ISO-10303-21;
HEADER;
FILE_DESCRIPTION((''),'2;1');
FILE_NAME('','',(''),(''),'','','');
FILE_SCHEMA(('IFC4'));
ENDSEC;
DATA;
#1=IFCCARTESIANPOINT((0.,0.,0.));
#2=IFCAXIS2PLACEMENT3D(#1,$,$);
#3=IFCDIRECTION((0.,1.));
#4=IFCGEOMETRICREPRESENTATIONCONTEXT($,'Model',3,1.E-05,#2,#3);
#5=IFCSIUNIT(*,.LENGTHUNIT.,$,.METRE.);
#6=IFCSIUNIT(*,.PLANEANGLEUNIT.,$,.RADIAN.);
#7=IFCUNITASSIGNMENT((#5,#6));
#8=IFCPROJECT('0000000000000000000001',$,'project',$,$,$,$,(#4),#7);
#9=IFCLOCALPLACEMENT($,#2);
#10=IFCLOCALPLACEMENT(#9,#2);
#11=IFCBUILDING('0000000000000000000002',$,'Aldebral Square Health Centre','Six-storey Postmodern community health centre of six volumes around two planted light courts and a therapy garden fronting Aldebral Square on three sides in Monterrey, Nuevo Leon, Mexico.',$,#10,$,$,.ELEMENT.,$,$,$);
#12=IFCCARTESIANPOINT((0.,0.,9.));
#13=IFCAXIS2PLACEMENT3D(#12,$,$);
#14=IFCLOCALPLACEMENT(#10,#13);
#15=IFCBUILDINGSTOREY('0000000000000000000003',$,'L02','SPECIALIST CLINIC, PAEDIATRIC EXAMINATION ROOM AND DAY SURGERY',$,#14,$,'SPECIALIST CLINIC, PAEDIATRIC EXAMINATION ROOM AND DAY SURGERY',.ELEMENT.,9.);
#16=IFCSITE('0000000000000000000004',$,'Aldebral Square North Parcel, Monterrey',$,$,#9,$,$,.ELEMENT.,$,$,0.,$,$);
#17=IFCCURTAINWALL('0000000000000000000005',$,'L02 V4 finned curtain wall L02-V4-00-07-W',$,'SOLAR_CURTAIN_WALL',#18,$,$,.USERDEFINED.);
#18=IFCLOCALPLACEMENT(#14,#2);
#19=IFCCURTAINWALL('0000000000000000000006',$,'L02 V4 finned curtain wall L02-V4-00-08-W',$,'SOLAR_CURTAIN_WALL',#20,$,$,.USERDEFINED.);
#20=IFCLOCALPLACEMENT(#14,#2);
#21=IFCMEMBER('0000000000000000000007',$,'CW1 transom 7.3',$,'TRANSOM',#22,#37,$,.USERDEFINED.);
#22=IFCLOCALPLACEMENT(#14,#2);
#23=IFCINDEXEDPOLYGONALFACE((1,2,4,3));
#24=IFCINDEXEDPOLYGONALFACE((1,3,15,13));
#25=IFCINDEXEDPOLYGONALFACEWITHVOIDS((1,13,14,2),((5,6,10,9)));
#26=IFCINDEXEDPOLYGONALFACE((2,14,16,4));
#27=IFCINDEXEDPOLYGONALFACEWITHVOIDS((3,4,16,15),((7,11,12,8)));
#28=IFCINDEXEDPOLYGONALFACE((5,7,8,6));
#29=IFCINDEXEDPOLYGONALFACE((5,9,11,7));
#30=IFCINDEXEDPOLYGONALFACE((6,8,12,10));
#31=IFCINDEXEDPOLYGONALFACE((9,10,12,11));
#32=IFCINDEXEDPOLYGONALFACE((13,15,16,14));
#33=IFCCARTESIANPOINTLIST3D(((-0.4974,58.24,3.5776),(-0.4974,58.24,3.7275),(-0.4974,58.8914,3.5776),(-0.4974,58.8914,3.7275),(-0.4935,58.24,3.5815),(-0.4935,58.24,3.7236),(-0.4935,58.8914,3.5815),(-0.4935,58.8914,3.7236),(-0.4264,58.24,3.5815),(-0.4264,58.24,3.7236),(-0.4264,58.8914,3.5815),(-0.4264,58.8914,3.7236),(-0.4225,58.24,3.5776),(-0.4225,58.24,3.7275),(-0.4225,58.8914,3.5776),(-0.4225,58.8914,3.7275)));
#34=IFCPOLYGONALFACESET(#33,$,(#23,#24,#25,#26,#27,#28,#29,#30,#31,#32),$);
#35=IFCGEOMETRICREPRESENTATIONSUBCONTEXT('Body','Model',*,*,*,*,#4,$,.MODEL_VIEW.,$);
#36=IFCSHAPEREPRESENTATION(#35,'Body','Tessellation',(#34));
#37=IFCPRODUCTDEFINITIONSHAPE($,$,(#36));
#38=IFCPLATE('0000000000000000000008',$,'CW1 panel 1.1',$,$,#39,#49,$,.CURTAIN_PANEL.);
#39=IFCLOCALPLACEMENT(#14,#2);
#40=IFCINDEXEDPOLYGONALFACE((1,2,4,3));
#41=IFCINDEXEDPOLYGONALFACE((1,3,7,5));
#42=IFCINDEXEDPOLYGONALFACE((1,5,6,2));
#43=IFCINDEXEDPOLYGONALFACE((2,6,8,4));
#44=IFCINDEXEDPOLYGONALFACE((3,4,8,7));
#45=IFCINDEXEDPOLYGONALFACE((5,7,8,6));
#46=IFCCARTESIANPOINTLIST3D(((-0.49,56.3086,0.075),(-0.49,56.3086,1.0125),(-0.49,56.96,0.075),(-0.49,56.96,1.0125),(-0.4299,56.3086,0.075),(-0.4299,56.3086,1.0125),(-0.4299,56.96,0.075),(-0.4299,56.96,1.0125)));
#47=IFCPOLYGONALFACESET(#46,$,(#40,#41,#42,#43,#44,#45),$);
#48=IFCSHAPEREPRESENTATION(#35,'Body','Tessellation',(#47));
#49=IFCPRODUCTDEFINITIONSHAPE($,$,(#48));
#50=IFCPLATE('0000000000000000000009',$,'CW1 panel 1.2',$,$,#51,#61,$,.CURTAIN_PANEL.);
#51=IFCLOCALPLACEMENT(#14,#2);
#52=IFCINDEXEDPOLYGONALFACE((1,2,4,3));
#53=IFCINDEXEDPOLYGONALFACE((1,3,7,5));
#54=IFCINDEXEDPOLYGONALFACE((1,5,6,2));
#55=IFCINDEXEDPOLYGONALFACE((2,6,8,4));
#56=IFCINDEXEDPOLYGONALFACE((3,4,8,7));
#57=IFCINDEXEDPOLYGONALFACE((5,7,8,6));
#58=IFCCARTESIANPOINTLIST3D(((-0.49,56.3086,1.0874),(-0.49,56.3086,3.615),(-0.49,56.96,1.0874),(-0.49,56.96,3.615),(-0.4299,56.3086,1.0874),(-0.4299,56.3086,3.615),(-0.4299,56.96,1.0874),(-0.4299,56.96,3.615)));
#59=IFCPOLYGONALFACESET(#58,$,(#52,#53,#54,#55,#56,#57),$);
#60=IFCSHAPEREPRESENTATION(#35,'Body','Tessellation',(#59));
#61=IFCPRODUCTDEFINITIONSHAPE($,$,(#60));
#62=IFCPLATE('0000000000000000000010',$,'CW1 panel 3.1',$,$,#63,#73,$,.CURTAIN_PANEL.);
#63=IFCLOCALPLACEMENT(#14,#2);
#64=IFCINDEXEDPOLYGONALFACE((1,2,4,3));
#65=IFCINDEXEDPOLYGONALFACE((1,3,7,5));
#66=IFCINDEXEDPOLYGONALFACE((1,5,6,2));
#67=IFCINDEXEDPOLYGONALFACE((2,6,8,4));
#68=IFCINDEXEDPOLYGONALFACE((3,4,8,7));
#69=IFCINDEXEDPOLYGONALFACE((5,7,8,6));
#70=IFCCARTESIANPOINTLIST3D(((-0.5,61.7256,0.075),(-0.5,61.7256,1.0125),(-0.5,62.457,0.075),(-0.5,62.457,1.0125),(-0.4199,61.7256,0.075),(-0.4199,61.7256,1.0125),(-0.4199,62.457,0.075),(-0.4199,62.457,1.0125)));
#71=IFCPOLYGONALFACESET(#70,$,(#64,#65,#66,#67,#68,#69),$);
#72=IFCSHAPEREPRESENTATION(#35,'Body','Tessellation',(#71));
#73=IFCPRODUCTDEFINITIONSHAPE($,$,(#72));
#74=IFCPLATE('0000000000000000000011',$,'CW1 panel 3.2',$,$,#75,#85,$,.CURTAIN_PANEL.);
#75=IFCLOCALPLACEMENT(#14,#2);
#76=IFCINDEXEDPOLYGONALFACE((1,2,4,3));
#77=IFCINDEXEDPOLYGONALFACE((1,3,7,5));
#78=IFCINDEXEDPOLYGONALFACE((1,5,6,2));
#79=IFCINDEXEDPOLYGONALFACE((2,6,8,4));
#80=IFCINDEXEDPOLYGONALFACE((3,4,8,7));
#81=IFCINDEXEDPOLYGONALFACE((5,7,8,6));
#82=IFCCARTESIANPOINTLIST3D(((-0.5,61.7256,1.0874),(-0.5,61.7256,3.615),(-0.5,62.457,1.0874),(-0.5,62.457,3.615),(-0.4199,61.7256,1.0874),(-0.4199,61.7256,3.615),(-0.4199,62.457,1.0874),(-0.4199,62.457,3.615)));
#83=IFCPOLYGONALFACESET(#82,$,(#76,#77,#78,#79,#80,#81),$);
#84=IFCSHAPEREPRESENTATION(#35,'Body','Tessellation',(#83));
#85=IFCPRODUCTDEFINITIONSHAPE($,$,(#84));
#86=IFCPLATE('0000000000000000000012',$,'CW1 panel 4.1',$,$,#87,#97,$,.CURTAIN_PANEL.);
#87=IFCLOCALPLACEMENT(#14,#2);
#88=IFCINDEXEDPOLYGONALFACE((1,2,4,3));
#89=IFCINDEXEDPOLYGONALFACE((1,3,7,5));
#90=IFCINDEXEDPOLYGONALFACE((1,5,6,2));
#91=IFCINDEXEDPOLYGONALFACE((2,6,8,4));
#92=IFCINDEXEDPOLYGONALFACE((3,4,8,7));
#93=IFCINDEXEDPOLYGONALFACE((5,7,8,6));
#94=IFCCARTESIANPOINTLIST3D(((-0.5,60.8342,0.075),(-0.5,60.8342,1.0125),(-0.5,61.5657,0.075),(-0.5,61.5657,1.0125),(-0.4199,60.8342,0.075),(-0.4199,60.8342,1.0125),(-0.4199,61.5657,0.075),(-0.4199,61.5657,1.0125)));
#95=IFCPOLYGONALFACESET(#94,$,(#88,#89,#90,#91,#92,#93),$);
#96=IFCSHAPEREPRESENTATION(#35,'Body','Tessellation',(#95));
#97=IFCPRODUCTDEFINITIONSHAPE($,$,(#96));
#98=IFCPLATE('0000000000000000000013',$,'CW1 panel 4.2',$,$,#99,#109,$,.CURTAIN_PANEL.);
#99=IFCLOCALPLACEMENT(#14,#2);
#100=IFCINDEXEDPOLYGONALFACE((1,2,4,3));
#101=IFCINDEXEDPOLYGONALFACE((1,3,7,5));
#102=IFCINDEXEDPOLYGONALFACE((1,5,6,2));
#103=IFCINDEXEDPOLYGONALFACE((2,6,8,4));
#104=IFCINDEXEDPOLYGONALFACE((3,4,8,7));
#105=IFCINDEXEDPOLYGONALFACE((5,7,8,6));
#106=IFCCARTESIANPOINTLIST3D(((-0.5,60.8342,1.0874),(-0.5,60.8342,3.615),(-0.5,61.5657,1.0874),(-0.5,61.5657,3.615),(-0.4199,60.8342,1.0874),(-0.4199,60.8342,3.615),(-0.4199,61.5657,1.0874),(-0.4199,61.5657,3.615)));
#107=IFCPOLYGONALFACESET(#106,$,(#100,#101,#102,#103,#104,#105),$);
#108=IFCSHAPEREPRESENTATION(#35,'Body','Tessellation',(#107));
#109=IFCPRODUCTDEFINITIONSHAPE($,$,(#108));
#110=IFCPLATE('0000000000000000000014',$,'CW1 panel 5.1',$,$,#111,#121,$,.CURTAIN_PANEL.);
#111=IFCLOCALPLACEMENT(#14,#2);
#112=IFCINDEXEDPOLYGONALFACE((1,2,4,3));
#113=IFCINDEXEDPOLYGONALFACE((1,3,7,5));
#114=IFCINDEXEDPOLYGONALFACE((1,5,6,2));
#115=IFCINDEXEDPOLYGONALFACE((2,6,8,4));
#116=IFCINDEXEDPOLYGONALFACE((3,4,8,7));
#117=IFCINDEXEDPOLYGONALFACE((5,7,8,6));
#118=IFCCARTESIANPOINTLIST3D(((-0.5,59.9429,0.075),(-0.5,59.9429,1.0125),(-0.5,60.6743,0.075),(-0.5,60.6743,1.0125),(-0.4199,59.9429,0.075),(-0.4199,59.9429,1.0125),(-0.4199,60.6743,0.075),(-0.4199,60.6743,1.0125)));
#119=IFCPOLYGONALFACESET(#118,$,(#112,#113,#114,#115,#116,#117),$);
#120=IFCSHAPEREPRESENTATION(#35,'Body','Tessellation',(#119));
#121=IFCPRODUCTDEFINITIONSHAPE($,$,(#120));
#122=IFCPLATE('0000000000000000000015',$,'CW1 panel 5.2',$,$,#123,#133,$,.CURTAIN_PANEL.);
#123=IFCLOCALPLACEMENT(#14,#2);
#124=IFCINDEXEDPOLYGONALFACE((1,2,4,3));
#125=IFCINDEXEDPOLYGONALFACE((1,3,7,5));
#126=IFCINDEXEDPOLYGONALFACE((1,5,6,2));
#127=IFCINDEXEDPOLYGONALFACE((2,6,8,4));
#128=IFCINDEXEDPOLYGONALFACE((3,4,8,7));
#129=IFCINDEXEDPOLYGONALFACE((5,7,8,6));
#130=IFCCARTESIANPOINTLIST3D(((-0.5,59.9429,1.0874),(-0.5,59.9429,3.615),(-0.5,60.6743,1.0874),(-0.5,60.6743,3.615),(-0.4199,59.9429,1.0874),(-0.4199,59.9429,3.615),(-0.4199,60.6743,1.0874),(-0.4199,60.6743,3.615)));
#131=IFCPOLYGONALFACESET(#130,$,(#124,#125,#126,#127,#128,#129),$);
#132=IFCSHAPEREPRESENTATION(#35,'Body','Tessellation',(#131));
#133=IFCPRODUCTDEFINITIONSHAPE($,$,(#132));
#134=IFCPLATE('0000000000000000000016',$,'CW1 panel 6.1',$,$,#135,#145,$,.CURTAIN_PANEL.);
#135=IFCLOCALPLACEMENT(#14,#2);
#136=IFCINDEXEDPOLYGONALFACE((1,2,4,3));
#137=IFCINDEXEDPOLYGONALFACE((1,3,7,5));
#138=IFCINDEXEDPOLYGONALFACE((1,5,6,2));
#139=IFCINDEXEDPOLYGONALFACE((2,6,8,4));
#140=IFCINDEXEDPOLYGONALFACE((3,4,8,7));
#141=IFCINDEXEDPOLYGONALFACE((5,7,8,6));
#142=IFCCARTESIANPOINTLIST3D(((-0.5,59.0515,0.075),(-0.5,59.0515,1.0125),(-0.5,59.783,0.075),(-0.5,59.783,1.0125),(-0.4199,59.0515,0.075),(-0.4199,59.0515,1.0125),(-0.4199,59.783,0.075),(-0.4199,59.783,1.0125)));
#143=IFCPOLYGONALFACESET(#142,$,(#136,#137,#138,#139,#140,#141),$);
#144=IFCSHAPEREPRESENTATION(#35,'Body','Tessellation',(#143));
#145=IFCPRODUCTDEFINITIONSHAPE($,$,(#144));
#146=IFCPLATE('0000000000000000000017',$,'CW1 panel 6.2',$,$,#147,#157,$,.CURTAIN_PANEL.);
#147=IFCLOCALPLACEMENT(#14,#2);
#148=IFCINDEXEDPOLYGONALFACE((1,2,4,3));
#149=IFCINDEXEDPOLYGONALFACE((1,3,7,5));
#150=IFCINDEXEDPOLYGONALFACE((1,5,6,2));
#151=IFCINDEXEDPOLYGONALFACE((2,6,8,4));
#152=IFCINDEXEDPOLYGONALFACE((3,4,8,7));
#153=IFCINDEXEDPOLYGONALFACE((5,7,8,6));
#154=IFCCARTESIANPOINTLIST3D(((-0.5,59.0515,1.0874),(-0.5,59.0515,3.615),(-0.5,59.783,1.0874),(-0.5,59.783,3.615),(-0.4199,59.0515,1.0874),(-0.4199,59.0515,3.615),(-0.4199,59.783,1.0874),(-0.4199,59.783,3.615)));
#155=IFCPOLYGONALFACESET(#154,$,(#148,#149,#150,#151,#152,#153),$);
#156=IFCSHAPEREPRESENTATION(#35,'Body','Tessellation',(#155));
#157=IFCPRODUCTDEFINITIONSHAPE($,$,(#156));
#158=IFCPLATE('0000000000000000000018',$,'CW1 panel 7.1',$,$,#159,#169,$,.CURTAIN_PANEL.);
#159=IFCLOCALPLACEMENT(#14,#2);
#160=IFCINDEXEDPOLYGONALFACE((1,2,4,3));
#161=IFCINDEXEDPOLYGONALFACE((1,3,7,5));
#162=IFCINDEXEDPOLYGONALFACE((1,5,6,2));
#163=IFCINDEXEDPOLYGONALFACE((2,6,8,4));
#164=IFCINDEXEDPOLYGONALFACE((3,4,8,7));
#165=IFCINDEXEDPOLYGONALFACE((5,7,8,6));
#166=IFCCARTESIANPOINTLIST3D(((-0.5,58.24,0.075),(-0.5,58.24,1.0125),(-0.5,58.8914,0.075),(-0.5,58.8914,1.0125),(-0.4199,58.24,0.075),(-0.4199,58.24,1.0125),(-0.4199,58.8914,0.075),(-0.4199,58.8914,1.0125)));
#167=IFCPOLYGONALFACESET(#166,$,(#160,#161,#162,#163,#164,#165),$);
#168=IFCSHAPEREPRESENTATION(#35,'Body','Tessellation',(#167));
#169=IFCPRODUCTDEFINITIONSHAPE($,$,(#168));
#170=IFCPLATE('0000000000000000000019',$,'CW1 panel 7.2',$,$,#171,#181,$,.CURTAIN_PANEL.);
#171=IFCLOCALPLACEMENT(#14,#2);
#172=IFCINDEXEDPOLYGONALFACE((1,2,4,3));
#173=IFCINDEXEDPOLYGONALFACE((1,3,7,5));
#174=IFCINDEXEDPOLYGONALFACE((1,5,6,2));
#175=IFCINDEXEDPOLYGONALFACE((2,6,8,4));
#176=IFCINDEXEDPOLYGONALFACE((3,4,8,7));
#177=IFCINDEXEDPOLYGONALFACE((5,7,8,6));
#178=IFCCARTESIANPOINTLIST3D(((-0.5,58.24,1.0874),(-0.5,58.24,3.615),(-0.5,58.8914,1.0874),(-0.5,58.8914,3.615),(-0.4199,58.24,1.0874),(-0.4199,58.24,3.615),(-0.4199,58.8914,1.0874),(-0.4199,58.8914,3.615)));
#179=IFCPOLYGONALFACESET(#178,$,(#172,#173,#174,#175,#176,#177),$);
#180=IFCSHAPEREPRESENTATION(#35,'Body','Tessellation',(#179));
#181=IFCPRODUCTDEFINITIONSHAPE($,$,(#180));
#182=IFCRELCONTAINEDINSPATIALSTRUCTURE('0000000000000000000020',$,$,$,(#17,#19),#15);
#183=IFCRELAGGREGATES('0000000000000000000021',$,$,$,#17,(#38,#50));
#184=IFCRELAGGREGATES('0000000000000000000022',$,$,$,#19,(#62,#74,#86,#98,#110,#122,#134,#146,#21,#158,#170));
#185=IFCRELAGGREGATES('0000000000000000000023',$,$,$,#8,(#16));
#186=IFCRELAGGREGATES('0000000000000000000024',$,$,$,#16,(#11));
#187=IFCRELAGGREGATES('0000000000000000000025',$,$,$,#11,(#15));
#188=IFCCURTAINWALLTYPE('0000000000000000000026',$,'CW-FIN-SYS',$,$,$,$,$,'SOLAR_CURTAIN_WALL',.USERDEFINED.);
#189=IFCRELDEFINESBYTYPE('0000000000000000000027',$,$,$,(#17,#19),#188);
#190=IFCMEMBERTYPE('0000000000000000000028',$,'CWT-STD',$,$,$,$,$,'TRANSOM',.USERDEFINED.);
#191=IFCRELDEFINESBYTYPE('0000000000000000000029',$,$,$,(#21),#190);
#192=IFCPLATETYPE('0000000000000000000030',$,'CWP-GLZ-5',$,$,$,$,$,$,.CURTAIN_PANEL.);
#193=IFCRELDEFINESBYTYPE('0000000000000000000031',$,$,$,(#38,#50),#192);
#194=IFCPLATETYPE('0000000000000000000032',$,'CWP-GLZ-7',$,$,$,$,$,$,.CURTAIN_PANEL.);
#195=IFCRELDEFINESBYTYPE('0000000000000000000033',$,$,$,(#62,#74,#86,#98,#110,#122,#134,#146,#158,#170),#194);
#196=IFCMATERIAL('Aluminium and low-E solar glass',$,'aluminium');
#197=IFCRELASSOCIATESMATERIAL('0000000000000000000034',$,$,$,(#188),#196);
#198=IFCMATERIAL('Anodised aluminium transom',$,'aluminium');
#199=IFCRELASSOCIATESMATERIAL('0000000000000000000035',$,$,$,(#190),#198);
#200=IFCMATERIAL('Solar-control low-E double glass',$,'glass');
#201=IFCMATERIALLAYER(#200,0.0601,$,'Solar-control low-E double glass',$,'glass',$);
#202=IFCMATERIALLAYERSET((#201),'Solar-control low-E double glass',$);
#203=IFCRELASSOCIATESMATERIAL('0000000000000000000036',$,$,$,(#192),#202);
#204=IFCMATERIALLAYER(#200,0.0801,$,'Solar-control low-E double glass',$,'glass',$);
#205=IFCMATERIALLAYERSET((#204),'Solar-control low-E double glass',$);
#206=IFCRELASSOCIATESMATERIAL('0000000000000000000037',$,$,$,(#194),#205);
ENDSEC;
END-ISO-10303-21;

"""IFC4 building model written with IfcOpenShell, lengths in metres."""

from ifc_helpers import new_model, si_unit, direction, frame, origin, origin_2d, place, context, subcontext, project, spatial, rectangle, hollow_rectangle, extrude, material, layer, layer_set, material_profile, profile_set, type_object, element, aggregate, save


model = new_model("IFC4")

# Units and contexts
model_context = context("Model", 3, precision=1e-05, world=origin(), true_north=direction((0.0, 1.0)))
body_context = subcontext(model_context, "Body", "Model", "MODEL_VIEW")
ifc_project = project(units=[si_unit("LENGTHUNIT", "METRE"), si_unit("PLANEANGLEUNIT", "RADIAN")], contexts=[model_context])

# Site, building, storey
site_placement = place(None, origin())
site = spatial("IfcSite", under=ifc_project, at=site_placement, Name="Aldebral Square North Parcel, Monterrey", CompositionType="ELEMENT", RefElevation=0.0)
building_placement = place(site_placement, origin())
building = spatial("IfcBuilding", under=site, at=building_placement, Name="Aldebral Square Health Centre", Description="Six-storey Postmodern community health centre of six volumes around two planted light courts and a therapy garden fronting Aldebral Square on three sides in Monterrey, Nuevo Leon, Mexico.", CompositionType="ELEMENT")
storey_placement = place(building_placement, frame((0.0, 0.0, 9.0)))
storey = spatial("IfcBuildingStorey", under=building, at=storey_placement, Name="L02", Description="SPECIALIST CLINIC, PAEDIATRIC EXAMINATION ROOM AND DAY SURGERY", LongName="SPECIALIST CLINIC, PAEDIATRIC EXAMINATION ROOM AND DAY SURGERY", CompositionType="ELEMENT", Elevation=9.0)

# Curtain walls
ifc_material_1 = material(Name="Aluminium and low-E solar glass", Category="aluminium")
curtain_wall_type = type_object("IfcCurtainWallType", Name="CW-FIN-SYS", ElementType="SOLAR_CURTAIN_WALL", PredefinedType="USERDEFINED", material=ifc_material_1)
curtain_wall_1_placement = place(storey_placement, origin())
curtain_wall_1 = element("IfcCurtainWall", 1, at=curtain_wall_1_placement, inside=storey, type_object=curtain_wall_type, Name="L02 V4 finned curtain wall L02-V4-00-07-W", ObjectType="SOLAR_CURTAIN_WALL", PredefinedType="USERDEFINED")
curtain_wall_2_placement = place(storey_placement, origin())
curtain_wall_2 = element("IfcCurtainWall", 2, at=curtain_wall_2_placement, inside=storey, type_object=curtain_wall_type, Name="L02 V4 finned curtain wall L02-V4-00-08-W", ObjectType="SOLAR_CURTAIN_WALL", PredefinedType="USERDEFINED")

# Member
ifc_material_2 = material(Name="Anodised aluminium transom", Category="aluminium")
ifc_material_profile_1 = material_profile(ifc_material_2, hollow_rectangle(XDim=0.075, YDim=0.1499, WallThickness=0.0039, at=origin_2d()), Name="CWT 75x150x4")
ifc_profile_set_1 = profile_set([ifc_material_profile_1], Name="Anodised aluminium transom")
member_type_1 = type_object("IfcMemberType", Name="CWT-STD", ElementType="TRANSOM", PredefinedType="USERDEFINED", material=ifc_profile_set_1)
member_1_placement = place(storey_placement, frame((-0.46, 58.8914, 3.6526), z_axis=(0.0, -1.0, 0.0), x_axis=(1.0, 0.0, 0.0)))
member_1 = element("IfcMember", 3, at=member_1_placement, type_object=member_type_1, Name="CW1 transom 7.3", ObjectType="TRANSOM", PredefinedType="USERDEFINED", context=body_context, shape_type="SweptSolid", body=[
    extrude(hollow_rectangle(XDim=0.075, YDim=0.1499, WallThickness=0.0039, at=origin_2d()), origin(), (0.0, 0.0, 1.0), 0.6514),
])

# Plates
ifc_material_3 = material(Name="Solar-control low-E double glass", Category="glass")
ifc_layer_1 = layer(ifc_material_3, 0.0601, Name="Solar-control low-E double glass", Category="glass")
ifc_layer_set_1 = layer_set([ifc_layer_1], Name="Solar-control low-E double glass")
plate_type_1 = type_object("IfcPlateType", Name="CWP-GLZ-5", PredefinedType="CURTAIN_PANEL", material=ifc_layer_set_1)
plate_1_placement = place(storey_placement, frame((-0.46, 56.6343, 0.075), z_axis=(0.0, 0.0, 1.0), x_axis=(0.0, -1.0, 0.0)))
plate_1 = element("IfcPlate", 4, at=plate_1_placement, type_object=plate_type_1, Name="CW1 panel 1.1", PredefinedType="CURTAIN_PANEL", context=body_context, shape_type="SweptSolid", body=[
    extrude(rectangle(XDim=0.6514, YDim=0.0601, at=origin_2d()), origin(), (0.0, 0.0, 1.0), 0.9375),
])
plate_2_placement = place(storey_placement, frame((-0.46, 56.6343, 1.0874), z_axis=(0.0, 0.0, 1.0), x_axis=(0.0, -1.0, 0.0)))
plate_2 = element("IfcPlate", 5, at=plate_2_placement, type_object=plate_type_1, Name="CW1 panel 1.2", PredefinedType="CURTAIN_PANEL", context=body_context, shape_type="SweptSolid", body=[
    extrude(rectangle(XDim=0.6514, YDim=0.0601, at=origin_2d()), origin(), (0.0, 0.0, 1.0), 2.5276),
])
aggregate(curtain_wall_1, [plate_1, plate_2])
ifc_layer_2 = layer(ifc_material_3, 0.0801, Name="Solar-control low-E double glass", Category="glass")
ifc_layer_set_2 = layer_set([ifc_layer_2], Name="Solar-control low-E double glass")
plate_type_2 = type_object("IfcPlateType", Name="CWP-GLZ-7", PredefinedType="CURTAIN_PANEL", material=ifc_layer_set_2)
plate_3_placement = place(storey_placement, frame((-0.46, 62.0913, 0.075), z_axis=(0.0, 0.0, 1.0), x_axis=(0.0, -1.0, 0.0)))
plate_3 = element("IfcPlate", 6, at=plate_3_placement, type_object=plate_type_2, Name="CW1 panel 3.1", PredefinedType="CURTAIN_PANEL", context=body_context, shape_type="SweptSolid", body=[
    extrude(rectangle(XDim=0.7314, YDim=0.0801, at=origin_2d()), origin(), (0.0, 0.0, 1.0), 0.9375),
])
plate_4_placement = place(storey_placement, frame((-0.46, 62.0913, 1.0874), z_axis=(0.0, 0.0, 1.0), x_axis=(0.0, -1.0, 0.0)))
plate_4 = element("IfcPlate", 7, at=plate_4_placement, type_object=plate_type_2, Name="CW1 panel 3.2", PredefinedType="CURTAIN_PANEL", context=body_context, shape_type="SweptSolid", body=[
    extrude(rectangle(XDim=0.7314, YDim=0.0801, at=origin_2d()), origin(), (0.0, 0.0, 1.0), 2.5276),
])
plate_5_placement = place(storey_placement, frame((-0.46, 61.2, 0.075), z_axis=(0.0, 0.0, 1.0), x_axis=(0.0, -1.0, 0.0)))
plate_5 = element("IfcPlate", 8, at=plate_5_placement, type_object=plate_type_2, Name="CW1 panel 4.1", PredefinedType="CURTAIN_PANEL", context=body_context, shape_type="SweptSolid", body=[
    extrude(rectangle(XDim=0.7314, YDim=0.0801, at=origin_2d()), origin(), (0.0, 0.0, 1.0), 0.9375),
])
plate_6_placement = place(storey_placement, frame((-0.46, 61.2, 1.0874), z_axis=(0.0, 0.0, 1.0), x_axis=(0.0, -1.0, 0.0)))
plate_6 = element("IfcPlate", 9, at=plate_6_placement, type_object=plate_type_2, Name="CW1 panel 4.2", PredefinedType="CURTAIN_PANEL", context=body_context, shape_type="SweptSolid", body=[
    extrude(rectangle(XDim=0.7314, YDim=0.0801, at=origin_2d()), origin(), (0.0, 0.0, 1.0), 2.5276),
])
plate_7_placement = place(storey_placement, frame((-0.46, 60.3086, 0.075), z_axis=(0.0, 0.0, 1.0), x_axis=(0.0, -1.0, 0.0)))
plate_7 = element("IfcPlate", 10, at=plate_7_placement, type_object=plate_type_2, Name="CW1 panel 5.1", PredefinedType="CURTAIN_PANEL", context=body_context, shape_type="SweptSolid", body=[
    extrude(rectangle(XDim=0.7314, YDim=0.0801, at=origin_2d()), origin(), (0.0, 0.0, 1.0), 0.9375),
])
plate_8_placement = place(storey_placement, frame((-0.46, 60.3086, 1.0874), z_axis=(0.0, 0.0, 1.0), x_axis=(0.0, -1.0, 0.0)))
plate_8 = element("IfcPlate", 11, at=plate_8_placement, type_object=plate_type_2, Name="CW1 panel 5.2", PredefinedType="CURTAIN_PANEL", context=body_context, shape_type="SweptSolid", body=[
    extrude(rectangle(XDim=0.7314, YDim=0.0801, at=origin_2d()), origin(), (0.0, 0.0, 1.0), 2.5276),
])
plate_9_placement = place(storey_placement, frame((-0.46, 59.4172, 0.075), z_axis=(0.0, 0.0, 1.0), x_axis=(0.0, -1.0, 0.0)))
plate_9 = element("IfcPlate", 12, at=plate_9_placement, type_object=plate_type_2, Name="CW1 panel 6.1", PredefinedType="CURTAIN_PANEL", context=body_context, shape_type="SweptSolid", body=[
    extrude(rectangle(XDim=0.7314, YDim=0.0801, at=origin_2d()), origin(), (0.0, 0.0, 1.0), 0.9375),
])
plate_10_placement = place(storey_placement, frame((-0.46, 59.4172, 1.0874), z_axis=(0.0, 0.0, 1.0), x_axis=(0.0, -1.0, 0.0)))
plate_10 = element("IfcPlate", 13, at=plate_10_placement, type_object=plate_type_2, Name="CW1 panel 6.2", PredefinedType="CURTAIN_PANEL", context=body_context, shape_type="SweptSolid", body=[
    extrude(rectangle(XDim=0.7314, YDim=0.0801, at=origin_2d()), origin(), (0.0, 0.0, 1.0), 2.5276),
])
plate_11_placement = place(storey_placement, frame((-0.46, 58.5657, 0.075), z_axis=(0.0, 0.0, 1.0), x_axis=(0.0, -1.0, 0.0)))
plate_11 = element("IfcPlate", 14, at=plate_11_placement, type_object=plate_type_2, Name="CW1 panel 7.1", PredefinedType="CURTAIN_PANEL", context=body_context, shape_type="SweptSolid", body=[
    extrude(rectangle(XDim=0.6514, YDim=0.0801, at=origin_2d()), origin(), (0.0, 0.0, 1.0), 0.9375),
])
plate_12_placement = place(storey_placement, frame((-0.46, 58.5657, 1.0874), z_axis=(0.0, 0.0, 1.0), x_axis=(0.0, -1.0, 0.0)))
plate_12 = element("IfcPlate", 15, at=plate_12_placement, type_object=plate_type_2, Name="CW1 panel 7.2", PredefinedType="CURTAIN_PANEL", context=body_context, shape_type="SweptSolid", body=[
    extrude(rectangle(XDim=0.6514, YDim=0.0801, at=origin_2d()), origin(), (0.0, 0.0, 1.0), 2.5276),
])
aggregate(curtain_wall_2, [plate_3, plate_4, plate_5, plate_6, plate_7, plate_8, plate_9, plate_10, member_1, plate_11, plate_12])

save(model, "model.ifc")
